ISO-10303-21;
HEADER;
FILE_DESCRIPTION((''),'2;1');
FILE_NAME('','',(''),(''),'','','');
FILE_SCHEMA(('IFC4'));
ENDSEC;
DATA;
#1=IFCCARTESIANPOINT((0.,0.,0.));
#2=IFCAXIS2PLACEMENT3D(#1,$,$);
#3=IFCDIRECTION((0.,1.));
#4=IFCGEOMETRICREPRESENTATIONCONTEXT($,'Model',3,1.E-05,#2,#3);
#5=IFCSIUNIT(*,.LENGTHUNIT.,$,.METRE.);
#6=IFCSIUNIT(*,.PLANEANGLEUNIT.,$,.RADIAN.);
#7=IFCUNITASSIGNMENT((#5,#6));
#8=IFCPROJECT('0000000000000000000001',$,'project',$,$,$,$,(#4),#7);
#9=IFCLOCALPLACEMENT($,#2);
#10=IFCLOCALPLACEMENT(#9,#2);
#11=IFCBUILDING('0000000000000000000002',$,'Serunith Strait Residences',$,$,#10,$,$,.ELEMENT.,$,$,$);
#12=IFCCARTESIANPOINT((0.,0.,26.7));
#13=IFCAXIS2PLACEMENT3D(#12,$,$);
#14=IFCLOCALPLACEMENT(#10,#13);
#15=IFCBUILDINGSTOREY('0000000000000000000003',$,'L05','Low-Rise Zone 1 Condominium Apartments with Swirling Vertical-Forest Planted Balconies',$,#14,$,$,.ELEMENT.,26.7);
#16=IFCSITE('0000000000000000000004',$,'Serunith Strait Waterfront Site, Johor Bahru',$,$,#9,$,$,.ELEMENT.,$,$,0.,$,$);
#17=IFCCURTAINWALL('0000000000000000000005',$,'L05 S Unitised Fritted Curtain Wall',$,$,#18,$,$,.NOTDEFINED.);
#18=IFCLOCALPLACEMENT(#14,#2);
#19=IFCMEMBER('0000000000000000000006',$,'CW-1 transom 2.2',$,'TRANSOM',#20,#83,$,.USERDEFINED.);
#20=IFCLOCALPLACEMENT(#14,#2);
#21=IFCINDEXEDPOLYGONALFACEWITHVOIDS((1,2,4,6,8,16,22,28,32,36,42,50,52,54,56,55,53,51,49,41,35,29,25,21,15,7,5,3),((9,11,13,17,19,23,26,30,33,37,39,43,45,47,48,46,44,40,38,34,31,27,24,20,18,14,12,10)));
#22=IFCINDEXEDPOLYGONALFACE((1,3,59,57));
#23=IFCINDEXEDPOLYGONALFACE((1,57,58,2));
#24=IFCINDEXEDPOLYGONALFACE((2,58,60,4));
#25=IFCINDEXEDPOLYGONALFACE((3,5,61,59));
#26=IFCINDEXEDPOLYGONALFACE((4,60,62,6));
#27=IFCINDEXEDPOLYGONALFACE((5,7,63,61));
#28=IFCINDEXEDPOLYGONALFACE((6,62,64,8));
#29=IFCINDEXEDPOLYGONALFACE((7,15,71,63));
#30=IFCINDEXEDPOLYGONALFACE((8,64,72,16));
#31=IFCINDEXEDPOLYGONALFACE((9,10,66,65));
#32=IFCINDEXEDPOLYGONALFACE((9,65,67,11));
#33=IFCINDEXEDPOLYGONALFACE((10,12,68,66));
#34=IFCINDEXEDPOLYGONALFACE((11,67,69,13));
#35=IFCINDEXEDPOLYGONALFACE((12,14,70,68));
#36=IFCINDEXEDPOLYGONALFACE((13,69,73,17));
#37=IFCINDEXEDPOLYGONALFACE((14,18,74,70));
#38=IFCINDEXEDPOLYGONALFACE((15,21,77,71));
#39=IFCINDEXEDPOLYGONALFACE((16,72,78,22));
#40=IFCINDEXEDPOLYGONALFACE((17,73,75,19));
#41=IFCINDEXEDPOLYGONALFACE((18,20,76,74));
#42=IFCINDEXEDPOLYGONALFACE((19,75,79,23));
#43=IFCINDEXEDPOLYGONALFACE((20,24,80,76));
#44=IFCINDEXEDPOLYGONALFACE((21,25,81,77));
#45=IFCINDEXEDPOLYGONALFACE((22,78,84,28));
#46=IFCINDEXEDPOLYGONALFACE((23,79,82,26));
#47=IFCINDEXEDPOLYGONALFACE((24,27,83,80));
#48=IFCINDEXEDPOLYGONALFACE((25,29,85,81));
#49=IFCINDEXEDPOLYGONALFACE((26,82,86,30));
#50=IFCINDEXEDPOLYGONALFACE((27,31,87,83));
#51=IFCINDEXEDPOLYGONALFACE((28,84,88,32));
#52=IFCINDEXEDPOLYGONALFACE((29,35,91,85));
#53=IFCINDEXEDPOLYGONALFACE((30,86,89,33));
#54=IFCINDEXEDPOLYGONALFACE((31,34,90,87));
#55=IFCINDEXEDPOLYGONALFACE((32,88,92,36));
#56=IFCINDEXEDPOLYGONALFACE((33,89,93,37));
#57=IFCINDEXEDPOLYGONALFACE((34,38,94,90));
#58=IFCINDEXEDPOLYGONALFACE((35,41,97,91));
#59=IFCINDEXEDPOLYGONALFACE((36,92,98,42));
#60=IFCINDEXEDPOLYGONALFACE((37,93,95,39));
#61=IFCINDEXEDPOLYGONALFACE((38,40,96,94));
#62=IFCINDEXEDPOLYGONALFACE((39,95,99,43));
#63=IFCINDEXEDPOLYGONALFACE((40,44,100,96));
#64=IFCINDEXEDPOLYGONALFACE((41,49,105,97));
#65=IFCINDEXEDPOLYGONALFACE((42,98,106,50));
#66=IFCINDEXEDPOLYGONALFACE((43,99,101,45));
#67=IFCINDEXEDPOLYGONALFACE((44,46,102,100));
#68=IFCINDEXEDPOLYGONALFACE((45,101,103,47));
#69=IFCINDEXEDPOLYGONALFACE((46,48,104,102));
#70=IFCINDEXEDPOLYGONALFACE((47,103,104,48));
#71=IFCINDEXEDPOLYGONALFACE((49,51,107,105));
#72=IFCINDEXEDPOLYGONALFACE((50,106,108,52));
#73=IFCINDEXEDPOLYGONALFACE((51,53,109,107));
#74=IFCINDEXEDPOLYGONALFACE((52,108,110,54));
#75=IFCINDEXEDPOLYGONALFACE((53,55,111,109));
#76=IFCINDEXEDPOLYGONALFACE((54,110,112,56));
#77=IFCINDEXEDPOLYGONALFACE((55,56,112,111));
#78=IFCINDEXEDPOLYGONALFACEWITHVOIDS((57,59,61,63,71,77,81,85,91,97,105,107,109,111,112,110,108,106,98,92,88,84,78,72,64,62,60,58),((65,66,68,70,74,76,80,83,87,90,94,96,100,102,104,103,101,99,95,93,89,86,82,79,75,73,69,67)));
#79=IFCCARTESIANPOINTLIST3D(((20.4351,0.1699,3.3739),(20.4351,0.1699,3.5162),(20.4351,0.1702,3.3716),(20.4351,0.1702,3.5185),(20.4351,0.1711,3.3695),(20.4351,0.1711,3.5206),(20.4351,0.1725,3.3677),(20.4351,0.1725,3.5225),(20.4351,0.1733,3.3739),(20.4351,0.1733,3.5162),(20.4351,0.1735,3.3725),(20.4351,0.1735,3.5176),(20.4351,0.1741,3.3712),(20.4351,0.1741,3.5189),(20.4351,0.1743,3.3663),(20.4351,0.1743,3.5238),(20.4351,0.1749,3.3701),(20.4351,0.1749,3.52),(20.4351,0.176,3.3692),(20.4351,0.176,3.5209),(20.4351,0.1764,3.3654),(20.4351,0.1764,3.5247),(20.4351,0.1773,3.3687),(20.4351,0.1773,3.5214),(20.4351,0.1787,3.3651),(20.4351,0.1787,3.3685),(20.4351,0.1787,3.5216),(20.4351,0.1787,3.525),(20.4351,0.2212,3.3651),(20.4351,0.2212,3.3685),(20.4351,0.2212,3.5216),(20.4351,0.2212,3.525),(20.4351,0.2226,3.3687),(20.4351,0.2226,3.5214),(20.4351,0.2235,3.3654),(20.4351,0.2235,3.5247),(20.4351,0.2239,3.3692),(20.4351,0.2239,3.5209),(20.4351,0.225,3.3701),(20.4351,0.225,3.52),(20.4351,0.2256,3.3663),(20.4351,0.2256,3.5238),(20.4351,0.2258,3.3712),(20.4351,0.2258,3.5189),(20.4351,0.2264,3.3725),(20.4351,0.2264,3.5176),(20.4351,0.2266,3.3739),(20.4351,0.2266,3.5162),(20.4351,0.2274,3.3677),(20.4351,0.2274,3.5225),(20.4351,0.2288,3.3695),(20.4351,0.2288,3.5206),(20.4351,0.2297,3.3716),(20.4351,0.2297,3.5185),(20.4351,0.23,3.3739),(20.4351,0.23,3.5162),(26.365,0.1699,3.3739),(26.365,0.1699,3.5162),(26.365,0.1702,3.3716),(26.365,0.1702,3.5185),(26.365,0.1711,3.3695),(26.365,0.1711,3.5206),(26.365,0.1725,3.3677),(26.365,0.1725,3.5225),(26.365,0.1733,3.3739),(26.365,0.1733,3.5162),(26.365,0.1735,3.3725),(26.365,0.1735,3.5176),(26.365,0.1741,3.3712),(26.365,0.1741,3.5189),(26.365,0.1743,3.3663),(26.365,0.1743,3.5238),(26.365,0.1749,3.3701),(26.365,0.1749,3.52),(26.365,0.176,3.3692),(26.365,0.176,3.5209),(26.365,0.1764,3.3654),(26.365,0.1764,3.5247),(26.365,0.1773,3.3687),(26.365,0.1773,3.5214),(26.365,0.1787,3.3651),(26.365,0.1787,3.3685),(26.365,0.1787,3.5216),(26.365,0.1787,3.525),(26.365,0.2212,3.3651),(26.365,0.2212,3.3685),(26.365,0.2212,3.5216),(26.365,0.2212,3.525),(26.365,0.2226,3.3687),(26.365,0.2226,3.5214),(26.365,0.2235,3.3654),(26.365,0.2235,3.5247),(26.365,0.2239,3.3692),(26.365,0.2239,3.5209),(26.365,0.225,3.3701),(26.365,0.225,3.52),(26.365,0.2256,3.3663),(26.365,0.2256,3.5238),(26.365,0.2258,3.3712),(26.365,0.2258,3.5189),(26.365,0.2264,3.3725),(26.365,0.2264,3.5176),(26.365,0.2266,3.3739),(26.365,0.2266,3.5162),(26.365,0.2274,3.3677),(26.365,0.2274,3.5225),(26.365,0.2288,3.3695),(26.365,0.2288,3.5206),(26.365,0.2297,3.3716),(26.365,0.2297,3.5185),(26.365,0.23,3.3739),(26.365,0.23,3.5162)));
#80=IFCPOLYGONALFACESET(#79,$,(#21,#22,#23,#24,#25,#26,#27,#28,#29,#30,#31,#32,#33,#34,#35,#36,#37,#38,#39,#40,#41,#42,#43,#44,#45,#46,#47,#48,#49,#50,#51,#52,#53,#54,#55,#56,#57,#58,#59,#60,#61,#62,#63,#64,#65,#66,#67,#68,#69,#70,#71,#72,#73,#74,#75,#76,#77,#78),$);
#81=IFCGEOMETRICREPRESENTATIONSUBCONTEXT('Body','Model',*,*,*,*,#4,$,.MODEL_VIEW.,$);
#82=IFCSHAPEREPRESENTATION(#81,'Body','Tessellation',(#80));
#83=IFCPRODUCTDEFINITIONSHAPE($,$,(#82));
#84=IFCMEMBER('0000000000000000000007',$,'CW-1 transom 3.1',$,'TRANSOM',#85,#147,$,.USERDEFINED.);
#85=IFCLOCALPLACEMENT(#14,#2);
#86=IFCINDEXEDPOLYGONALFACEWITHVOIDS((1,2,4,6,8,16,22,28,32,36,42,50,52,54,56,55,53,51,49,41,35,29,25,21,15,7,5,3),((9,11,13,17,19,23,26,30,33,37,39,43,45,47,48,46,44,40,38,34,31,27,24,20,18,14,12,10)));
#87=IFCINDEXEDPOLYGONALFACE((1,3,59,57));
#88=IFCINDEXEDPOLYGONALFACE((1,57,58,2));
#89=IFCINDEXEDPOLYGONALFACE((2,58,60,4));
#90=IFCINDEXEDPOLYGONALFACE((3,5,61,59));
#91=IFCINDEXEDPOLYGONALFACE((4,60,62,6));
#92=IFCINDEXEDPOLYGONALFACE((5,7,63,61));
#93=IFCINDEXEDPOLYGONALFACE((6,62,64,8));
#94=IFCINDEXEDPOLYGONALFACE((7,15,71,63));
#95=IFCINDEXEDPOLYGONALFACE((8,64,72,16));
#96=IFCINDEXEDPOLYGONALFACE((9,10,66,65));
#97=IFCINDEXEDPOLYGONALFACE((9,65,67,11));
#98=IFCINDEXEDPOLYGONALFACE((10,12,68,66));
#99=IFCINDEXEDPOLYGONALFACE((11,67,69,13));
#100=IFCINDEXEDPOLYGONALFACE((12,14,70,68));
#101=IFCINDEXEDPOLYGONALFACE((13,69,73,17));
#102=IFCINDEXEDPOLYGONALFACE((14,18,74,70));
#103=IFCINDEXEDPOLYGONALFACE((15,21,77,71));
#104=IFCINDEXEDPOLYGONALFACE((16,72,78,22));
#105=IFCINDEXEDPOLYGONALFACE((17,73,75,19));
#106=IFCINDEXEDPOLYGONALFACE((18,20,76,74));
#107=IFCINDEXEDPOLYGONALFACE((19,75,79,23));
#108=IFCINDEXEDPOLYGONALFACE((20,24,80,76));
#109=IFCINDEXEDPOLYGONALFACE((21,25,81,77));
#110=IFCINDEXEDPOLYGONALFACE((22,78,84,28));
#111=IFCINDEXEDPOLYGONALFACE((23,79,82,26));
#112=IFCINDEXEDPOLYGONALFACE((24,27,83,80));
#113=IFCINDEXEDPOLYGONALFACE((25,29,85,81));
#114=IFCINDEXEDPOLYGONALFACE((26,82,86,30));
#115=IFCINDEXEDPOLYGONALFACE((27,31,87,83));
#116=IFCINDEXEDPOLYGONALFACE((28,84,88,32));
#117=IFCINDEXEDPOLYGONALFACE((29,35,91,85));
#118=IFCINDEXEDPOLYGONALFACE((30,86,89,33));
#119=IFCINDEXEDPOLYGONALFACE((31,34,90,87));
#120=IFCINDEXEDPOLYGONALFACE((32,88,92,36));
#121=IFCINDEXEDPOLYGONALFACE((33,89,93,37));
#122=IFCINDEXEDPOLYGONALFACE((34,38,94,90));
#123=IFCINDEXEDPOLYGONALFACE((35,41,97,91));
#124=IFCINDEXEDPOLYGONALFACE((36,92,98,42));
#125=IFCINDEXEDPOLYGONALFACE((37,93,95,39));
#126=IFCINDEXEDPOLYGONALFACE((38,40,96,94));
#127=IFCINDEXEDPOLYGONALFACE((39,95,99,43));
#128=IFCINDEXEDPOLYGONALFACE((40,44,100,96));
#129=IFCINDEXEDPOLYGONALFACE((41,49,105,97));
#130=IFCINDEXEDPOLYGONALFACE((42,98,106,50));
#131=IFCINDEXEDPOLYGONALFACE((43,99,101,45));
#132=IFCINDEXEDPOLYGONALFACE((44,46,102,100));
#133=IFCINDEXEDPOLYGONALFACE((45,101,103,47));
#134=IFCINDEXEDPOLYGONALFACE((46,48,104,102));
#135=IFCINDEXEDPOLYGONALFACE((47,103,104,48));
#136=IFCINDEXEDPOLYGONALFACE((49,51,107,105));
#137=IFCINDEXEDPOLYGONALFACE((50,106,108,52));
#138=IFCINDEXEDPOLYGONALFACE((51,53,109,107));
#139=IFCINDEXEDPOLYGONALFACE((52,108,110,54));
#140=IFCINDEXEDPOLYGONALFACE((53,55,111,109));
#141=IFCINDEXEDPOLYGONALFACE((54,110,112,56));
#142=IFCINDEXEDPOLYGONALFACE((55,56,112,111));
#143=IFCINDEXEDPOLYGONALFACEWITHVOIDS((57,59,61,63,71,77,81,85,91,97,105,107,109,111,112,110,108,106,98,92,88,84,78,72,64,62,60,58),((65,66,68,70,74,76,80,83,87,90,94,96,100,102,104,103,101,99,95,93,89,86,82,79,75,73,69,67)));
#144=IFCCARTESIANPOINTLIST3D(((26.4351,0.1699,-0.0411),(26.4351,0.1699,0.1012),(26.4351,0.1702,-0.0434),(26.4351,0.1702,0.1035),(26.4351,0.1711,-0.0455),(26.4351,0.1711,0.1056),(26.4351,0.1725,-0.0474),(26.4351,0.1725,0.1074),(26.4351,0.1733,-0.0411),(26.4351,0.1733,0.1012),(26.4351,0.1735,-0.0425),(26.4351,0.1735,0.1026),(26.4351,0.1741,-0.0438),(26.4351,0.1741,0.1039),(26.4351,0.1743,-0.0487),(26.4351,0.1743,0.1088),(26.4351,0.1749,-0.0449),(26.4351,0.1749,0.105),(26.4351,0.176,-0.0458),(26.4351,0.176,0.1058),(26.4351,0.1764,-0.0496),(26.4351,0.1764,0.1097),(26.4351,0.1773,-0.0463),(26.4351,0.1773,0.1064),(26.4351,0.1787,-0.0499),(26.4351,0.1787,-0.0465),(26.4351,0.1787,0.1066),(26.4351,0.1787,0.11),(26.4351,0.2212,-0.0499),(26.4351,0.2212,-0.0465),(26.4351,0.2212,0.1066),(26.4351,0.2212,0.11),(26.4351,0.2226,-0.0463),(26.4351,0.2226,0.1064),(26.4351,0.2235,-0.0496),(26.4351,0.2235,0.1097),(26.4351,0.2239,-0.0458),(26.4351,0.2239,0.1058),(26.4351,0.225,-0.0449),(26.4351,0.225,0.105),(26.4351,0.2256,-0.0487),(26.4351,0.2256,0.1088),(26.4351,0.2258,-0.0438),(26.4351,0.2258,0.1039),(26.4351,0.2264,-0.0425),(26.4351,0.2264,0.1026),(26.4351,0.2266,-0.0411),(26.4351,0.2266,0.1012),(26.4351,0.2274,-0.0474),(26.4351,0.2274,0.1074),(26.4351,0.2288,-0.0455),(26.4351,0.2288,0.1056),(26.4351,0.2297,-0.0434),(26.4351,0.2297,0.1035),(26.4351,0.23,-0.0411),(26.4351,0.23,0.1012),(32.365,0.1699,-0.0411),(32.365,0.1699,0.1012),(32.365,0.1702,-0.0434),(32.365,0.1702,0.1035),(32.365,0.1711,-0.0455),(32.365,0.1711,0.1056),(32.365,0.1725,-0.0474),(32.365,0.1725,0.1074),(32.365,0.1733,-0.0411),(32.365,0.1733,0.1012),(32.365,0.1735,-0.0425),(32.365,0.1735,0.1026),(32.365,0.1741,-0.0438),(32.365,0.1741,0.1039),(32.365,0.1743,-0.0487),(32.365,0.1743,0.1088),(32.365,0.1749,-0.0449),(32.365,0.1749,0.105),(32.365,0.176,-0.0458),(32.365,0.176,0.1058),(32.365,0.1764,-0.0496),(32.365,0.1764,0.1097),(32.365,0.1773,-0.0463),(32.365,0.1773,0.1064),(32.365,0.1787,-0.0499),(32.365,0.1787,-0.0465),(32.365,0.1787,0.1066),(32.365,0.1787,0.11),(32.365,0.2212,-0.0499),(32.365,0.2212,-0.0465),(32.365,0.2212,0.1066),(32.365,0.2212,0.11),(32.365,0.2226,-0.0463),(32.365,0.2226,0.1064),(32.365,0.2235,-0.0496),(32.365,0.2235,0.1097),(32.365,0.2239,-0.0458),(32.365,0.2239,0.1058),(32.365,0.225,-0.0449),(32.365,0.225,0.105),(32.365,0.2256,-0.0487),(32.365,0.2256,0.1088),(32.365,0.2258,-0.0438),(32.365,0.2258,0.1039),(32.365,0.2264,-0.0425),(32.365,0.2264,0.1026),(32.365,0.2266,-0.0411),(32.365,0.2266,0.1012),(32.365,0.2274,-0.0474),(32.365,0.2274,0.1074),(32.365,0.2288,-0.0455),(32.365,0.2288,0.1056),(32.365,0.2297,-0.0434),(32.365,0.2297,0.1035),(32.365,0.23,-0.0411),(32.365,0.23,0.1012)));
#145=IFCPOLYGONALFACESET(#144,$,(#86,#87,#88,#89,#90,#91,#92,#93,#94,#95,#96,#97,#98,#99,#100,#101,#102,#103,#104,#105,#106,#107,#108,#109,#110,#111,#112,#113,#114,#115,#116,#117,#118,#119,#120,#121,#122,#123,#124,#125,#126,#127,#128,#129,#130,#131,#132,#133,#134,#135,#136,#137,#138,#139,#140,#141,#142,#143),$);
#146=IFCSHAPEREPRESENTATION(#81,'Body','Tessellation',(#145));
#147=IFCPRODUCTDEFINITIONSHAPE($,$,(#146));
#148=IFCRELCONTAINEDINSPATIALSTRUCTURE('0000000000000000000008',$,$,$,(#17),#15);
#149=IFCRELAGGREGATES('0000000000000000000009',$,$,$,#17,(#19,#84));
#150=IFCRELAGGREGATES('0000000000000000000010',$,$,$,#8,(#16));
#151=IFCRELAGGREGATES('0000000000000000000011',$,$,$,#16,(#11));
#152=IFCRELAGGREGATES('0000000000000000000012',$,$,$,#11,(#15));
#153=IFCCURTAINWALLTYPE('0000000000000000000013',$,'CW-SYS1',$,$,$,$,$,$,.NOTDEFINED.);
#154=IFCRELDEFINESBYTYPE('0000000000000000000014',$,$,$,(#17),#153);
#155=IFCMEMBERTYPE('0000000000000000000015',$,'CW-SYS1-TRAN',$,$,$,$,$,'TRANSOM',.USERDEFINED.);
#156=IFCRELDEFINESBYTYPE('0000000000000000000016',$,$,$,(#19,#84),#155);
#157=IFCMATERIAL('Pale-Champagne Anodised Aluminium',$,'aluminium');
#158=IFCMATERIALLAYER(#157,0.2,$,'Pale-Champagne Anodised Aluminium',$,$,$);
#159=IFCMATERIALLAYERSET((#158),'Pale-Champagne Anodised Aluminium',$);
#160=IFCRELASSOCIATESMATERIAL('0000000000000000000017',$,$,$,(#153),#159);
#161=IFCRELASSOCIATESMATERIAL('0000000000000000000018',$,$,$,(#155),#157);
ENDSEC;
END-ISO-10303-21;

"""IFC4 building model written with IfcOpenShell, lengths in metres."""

from ifc_helpers import new_model, si_unit, direction, frame, origin, origin_2d, place, context, subcontext, project, spatial, hollow_rectangle, extrude, source, transform, mapped, material, layer, layer_set, material_profile, profile_set, type_object, element, aggregate, save


model = new_model("IFC4")

# Units and contexts
model_context = context("Model", 3, precision=1e-05, world=origin(), true_north=direction((0.0, 1.0)))
body_context = subcontext(model_context, "Body", "Model", "MODEL_VIEW")
ifc_project = project(units=[si_unit("LENGTHUNIT", "METRE"), si_unit("PLANEANGLEUNIT", "RADIAN")], contexts=[model_context])

# Site, building, storey
site_placement = place(None, origin())
site = spatial("IfcSite", under=ifc_project, at=site_placement, Name="Serunith Strait Waterfront Site, Johor Bahru", CompositionType="ELEMENT", RefElevation=0.0)
building_placement = place(site_placement, origin())
building = spatial("IfcBuilding", under=site, at=building_placement, Name="Serunith Strait Residences", CompositionType="ELEMENT")
storey_placement = place(building_placement, frame((0.0, 0.0, 26.7)))
storey = spatial("IfcBuildingStorey", under=building, at=storey_placement, Name="L05", Description="Low-Rise Zone 1 Condominium Apartments with Swirling Vertical-Forest Planted Balconies", CompositionType="ELEMENT", Elevation=26.7)

# Curtain wall, members
ifc_material_1 = material(Name="Pale-Champagne Anodised Aluminium", Category="aluminium")
ifc_layer_1 = layer(ifc_material_1, 0.2, Name="Pale-Champagne Anodised Aluminium")
ifc_layer_set_1 = layer_set([ifc_layer_1], Name="Pale-Champagne Anodised Aluminium")
curtain_wall_type = type_object("IfcCurtainWallType", Name="CW-SYS1", PredefinedType="NOTDEFINED", material=ifc_layer_set_1)
curtain_wall_placement = place(storey_placement, origin())
curtain_wall = element("IfcCurtainWall", 1, at=curtain_wall_placement, inside=storey, type_object=curtain_wall_type, Name="L05 S Unitised Fritted Curtain Wall", PredefinedType="NOTDEFINED")
ifc_material_profile_1 = material_profile(ifc_material_1, hollow_rectangle(XDim=0.0601, YDim=0.1599, WallThickness=0.0034, InnerFilletRadius=0.0054, OuterFilletRadius=0.0088, at=origin_2d()), Name="ALU 160x60x3.5")
ifc_profile_set_1 = profile_set([ifc_material_profile_1], Name="Pale-Champagne Anodised Aluminium")
member_type_1 = type_object("IfcMemberType", Name="CW-SYS1-TRAN", ElementType="TRANSOM", PredefinedType="USERDEFINED", material=ifc_profile_set_1)
shared_shape_1 = source(origin(), body_context, "Body", "SweptSolid", [
    extrude(hollow_rectangle(XDim=0.0601, YDim=0.1599, WallThickness=0.0034, InnerFilletRadius=0.0054, OuterFilletRadius=0.0088, at=origin_2d()), origin(), (0.0, 0.0, 1.0), 5.9299),
])
member_1_placement = place(storey_placement, frame((20.4351, 0.2, 3.4451), z_axis=(1.0, 0.0, 0.0), x_axis=(0.0, 1.0, 0.0)))
member_1 = element("IfcMember", 2, at=member_1_placement, type_object=member_type_1, Name="CW-1 transom 2.2", ObjectType="TRANSOM", PredefinedType="USERDEFINED", context=body_context, shape_type="MappedRepresentation", body=[
    mapped(shared_shape_1, transform((0.0, 0.0, 0.0), scale=1.0)),
])
member_2_placement = place(storey_placement, frame((26.4351, 0.2, 0.03), z_axis=(1.0, 0.0, 0.0), x_axis=(0.0, 1.0, 0.0)))
member_2 = element("IfcMember", 3, at=member_2_placement, type_object=member_type_1, Name="CW-1 transom 3.1", ObjectType="TRANSOM", PredefinedType="USERDEFINED", context=body_context, shape_type="MappedRepresentation", body=[
    mapped(shared_shape_1, transform((0.0, 0.0, 0.0), scale=1.0)),
])
aggregate(curtain_wall, [member_1, member_2])

save(model, "model.ifc")
